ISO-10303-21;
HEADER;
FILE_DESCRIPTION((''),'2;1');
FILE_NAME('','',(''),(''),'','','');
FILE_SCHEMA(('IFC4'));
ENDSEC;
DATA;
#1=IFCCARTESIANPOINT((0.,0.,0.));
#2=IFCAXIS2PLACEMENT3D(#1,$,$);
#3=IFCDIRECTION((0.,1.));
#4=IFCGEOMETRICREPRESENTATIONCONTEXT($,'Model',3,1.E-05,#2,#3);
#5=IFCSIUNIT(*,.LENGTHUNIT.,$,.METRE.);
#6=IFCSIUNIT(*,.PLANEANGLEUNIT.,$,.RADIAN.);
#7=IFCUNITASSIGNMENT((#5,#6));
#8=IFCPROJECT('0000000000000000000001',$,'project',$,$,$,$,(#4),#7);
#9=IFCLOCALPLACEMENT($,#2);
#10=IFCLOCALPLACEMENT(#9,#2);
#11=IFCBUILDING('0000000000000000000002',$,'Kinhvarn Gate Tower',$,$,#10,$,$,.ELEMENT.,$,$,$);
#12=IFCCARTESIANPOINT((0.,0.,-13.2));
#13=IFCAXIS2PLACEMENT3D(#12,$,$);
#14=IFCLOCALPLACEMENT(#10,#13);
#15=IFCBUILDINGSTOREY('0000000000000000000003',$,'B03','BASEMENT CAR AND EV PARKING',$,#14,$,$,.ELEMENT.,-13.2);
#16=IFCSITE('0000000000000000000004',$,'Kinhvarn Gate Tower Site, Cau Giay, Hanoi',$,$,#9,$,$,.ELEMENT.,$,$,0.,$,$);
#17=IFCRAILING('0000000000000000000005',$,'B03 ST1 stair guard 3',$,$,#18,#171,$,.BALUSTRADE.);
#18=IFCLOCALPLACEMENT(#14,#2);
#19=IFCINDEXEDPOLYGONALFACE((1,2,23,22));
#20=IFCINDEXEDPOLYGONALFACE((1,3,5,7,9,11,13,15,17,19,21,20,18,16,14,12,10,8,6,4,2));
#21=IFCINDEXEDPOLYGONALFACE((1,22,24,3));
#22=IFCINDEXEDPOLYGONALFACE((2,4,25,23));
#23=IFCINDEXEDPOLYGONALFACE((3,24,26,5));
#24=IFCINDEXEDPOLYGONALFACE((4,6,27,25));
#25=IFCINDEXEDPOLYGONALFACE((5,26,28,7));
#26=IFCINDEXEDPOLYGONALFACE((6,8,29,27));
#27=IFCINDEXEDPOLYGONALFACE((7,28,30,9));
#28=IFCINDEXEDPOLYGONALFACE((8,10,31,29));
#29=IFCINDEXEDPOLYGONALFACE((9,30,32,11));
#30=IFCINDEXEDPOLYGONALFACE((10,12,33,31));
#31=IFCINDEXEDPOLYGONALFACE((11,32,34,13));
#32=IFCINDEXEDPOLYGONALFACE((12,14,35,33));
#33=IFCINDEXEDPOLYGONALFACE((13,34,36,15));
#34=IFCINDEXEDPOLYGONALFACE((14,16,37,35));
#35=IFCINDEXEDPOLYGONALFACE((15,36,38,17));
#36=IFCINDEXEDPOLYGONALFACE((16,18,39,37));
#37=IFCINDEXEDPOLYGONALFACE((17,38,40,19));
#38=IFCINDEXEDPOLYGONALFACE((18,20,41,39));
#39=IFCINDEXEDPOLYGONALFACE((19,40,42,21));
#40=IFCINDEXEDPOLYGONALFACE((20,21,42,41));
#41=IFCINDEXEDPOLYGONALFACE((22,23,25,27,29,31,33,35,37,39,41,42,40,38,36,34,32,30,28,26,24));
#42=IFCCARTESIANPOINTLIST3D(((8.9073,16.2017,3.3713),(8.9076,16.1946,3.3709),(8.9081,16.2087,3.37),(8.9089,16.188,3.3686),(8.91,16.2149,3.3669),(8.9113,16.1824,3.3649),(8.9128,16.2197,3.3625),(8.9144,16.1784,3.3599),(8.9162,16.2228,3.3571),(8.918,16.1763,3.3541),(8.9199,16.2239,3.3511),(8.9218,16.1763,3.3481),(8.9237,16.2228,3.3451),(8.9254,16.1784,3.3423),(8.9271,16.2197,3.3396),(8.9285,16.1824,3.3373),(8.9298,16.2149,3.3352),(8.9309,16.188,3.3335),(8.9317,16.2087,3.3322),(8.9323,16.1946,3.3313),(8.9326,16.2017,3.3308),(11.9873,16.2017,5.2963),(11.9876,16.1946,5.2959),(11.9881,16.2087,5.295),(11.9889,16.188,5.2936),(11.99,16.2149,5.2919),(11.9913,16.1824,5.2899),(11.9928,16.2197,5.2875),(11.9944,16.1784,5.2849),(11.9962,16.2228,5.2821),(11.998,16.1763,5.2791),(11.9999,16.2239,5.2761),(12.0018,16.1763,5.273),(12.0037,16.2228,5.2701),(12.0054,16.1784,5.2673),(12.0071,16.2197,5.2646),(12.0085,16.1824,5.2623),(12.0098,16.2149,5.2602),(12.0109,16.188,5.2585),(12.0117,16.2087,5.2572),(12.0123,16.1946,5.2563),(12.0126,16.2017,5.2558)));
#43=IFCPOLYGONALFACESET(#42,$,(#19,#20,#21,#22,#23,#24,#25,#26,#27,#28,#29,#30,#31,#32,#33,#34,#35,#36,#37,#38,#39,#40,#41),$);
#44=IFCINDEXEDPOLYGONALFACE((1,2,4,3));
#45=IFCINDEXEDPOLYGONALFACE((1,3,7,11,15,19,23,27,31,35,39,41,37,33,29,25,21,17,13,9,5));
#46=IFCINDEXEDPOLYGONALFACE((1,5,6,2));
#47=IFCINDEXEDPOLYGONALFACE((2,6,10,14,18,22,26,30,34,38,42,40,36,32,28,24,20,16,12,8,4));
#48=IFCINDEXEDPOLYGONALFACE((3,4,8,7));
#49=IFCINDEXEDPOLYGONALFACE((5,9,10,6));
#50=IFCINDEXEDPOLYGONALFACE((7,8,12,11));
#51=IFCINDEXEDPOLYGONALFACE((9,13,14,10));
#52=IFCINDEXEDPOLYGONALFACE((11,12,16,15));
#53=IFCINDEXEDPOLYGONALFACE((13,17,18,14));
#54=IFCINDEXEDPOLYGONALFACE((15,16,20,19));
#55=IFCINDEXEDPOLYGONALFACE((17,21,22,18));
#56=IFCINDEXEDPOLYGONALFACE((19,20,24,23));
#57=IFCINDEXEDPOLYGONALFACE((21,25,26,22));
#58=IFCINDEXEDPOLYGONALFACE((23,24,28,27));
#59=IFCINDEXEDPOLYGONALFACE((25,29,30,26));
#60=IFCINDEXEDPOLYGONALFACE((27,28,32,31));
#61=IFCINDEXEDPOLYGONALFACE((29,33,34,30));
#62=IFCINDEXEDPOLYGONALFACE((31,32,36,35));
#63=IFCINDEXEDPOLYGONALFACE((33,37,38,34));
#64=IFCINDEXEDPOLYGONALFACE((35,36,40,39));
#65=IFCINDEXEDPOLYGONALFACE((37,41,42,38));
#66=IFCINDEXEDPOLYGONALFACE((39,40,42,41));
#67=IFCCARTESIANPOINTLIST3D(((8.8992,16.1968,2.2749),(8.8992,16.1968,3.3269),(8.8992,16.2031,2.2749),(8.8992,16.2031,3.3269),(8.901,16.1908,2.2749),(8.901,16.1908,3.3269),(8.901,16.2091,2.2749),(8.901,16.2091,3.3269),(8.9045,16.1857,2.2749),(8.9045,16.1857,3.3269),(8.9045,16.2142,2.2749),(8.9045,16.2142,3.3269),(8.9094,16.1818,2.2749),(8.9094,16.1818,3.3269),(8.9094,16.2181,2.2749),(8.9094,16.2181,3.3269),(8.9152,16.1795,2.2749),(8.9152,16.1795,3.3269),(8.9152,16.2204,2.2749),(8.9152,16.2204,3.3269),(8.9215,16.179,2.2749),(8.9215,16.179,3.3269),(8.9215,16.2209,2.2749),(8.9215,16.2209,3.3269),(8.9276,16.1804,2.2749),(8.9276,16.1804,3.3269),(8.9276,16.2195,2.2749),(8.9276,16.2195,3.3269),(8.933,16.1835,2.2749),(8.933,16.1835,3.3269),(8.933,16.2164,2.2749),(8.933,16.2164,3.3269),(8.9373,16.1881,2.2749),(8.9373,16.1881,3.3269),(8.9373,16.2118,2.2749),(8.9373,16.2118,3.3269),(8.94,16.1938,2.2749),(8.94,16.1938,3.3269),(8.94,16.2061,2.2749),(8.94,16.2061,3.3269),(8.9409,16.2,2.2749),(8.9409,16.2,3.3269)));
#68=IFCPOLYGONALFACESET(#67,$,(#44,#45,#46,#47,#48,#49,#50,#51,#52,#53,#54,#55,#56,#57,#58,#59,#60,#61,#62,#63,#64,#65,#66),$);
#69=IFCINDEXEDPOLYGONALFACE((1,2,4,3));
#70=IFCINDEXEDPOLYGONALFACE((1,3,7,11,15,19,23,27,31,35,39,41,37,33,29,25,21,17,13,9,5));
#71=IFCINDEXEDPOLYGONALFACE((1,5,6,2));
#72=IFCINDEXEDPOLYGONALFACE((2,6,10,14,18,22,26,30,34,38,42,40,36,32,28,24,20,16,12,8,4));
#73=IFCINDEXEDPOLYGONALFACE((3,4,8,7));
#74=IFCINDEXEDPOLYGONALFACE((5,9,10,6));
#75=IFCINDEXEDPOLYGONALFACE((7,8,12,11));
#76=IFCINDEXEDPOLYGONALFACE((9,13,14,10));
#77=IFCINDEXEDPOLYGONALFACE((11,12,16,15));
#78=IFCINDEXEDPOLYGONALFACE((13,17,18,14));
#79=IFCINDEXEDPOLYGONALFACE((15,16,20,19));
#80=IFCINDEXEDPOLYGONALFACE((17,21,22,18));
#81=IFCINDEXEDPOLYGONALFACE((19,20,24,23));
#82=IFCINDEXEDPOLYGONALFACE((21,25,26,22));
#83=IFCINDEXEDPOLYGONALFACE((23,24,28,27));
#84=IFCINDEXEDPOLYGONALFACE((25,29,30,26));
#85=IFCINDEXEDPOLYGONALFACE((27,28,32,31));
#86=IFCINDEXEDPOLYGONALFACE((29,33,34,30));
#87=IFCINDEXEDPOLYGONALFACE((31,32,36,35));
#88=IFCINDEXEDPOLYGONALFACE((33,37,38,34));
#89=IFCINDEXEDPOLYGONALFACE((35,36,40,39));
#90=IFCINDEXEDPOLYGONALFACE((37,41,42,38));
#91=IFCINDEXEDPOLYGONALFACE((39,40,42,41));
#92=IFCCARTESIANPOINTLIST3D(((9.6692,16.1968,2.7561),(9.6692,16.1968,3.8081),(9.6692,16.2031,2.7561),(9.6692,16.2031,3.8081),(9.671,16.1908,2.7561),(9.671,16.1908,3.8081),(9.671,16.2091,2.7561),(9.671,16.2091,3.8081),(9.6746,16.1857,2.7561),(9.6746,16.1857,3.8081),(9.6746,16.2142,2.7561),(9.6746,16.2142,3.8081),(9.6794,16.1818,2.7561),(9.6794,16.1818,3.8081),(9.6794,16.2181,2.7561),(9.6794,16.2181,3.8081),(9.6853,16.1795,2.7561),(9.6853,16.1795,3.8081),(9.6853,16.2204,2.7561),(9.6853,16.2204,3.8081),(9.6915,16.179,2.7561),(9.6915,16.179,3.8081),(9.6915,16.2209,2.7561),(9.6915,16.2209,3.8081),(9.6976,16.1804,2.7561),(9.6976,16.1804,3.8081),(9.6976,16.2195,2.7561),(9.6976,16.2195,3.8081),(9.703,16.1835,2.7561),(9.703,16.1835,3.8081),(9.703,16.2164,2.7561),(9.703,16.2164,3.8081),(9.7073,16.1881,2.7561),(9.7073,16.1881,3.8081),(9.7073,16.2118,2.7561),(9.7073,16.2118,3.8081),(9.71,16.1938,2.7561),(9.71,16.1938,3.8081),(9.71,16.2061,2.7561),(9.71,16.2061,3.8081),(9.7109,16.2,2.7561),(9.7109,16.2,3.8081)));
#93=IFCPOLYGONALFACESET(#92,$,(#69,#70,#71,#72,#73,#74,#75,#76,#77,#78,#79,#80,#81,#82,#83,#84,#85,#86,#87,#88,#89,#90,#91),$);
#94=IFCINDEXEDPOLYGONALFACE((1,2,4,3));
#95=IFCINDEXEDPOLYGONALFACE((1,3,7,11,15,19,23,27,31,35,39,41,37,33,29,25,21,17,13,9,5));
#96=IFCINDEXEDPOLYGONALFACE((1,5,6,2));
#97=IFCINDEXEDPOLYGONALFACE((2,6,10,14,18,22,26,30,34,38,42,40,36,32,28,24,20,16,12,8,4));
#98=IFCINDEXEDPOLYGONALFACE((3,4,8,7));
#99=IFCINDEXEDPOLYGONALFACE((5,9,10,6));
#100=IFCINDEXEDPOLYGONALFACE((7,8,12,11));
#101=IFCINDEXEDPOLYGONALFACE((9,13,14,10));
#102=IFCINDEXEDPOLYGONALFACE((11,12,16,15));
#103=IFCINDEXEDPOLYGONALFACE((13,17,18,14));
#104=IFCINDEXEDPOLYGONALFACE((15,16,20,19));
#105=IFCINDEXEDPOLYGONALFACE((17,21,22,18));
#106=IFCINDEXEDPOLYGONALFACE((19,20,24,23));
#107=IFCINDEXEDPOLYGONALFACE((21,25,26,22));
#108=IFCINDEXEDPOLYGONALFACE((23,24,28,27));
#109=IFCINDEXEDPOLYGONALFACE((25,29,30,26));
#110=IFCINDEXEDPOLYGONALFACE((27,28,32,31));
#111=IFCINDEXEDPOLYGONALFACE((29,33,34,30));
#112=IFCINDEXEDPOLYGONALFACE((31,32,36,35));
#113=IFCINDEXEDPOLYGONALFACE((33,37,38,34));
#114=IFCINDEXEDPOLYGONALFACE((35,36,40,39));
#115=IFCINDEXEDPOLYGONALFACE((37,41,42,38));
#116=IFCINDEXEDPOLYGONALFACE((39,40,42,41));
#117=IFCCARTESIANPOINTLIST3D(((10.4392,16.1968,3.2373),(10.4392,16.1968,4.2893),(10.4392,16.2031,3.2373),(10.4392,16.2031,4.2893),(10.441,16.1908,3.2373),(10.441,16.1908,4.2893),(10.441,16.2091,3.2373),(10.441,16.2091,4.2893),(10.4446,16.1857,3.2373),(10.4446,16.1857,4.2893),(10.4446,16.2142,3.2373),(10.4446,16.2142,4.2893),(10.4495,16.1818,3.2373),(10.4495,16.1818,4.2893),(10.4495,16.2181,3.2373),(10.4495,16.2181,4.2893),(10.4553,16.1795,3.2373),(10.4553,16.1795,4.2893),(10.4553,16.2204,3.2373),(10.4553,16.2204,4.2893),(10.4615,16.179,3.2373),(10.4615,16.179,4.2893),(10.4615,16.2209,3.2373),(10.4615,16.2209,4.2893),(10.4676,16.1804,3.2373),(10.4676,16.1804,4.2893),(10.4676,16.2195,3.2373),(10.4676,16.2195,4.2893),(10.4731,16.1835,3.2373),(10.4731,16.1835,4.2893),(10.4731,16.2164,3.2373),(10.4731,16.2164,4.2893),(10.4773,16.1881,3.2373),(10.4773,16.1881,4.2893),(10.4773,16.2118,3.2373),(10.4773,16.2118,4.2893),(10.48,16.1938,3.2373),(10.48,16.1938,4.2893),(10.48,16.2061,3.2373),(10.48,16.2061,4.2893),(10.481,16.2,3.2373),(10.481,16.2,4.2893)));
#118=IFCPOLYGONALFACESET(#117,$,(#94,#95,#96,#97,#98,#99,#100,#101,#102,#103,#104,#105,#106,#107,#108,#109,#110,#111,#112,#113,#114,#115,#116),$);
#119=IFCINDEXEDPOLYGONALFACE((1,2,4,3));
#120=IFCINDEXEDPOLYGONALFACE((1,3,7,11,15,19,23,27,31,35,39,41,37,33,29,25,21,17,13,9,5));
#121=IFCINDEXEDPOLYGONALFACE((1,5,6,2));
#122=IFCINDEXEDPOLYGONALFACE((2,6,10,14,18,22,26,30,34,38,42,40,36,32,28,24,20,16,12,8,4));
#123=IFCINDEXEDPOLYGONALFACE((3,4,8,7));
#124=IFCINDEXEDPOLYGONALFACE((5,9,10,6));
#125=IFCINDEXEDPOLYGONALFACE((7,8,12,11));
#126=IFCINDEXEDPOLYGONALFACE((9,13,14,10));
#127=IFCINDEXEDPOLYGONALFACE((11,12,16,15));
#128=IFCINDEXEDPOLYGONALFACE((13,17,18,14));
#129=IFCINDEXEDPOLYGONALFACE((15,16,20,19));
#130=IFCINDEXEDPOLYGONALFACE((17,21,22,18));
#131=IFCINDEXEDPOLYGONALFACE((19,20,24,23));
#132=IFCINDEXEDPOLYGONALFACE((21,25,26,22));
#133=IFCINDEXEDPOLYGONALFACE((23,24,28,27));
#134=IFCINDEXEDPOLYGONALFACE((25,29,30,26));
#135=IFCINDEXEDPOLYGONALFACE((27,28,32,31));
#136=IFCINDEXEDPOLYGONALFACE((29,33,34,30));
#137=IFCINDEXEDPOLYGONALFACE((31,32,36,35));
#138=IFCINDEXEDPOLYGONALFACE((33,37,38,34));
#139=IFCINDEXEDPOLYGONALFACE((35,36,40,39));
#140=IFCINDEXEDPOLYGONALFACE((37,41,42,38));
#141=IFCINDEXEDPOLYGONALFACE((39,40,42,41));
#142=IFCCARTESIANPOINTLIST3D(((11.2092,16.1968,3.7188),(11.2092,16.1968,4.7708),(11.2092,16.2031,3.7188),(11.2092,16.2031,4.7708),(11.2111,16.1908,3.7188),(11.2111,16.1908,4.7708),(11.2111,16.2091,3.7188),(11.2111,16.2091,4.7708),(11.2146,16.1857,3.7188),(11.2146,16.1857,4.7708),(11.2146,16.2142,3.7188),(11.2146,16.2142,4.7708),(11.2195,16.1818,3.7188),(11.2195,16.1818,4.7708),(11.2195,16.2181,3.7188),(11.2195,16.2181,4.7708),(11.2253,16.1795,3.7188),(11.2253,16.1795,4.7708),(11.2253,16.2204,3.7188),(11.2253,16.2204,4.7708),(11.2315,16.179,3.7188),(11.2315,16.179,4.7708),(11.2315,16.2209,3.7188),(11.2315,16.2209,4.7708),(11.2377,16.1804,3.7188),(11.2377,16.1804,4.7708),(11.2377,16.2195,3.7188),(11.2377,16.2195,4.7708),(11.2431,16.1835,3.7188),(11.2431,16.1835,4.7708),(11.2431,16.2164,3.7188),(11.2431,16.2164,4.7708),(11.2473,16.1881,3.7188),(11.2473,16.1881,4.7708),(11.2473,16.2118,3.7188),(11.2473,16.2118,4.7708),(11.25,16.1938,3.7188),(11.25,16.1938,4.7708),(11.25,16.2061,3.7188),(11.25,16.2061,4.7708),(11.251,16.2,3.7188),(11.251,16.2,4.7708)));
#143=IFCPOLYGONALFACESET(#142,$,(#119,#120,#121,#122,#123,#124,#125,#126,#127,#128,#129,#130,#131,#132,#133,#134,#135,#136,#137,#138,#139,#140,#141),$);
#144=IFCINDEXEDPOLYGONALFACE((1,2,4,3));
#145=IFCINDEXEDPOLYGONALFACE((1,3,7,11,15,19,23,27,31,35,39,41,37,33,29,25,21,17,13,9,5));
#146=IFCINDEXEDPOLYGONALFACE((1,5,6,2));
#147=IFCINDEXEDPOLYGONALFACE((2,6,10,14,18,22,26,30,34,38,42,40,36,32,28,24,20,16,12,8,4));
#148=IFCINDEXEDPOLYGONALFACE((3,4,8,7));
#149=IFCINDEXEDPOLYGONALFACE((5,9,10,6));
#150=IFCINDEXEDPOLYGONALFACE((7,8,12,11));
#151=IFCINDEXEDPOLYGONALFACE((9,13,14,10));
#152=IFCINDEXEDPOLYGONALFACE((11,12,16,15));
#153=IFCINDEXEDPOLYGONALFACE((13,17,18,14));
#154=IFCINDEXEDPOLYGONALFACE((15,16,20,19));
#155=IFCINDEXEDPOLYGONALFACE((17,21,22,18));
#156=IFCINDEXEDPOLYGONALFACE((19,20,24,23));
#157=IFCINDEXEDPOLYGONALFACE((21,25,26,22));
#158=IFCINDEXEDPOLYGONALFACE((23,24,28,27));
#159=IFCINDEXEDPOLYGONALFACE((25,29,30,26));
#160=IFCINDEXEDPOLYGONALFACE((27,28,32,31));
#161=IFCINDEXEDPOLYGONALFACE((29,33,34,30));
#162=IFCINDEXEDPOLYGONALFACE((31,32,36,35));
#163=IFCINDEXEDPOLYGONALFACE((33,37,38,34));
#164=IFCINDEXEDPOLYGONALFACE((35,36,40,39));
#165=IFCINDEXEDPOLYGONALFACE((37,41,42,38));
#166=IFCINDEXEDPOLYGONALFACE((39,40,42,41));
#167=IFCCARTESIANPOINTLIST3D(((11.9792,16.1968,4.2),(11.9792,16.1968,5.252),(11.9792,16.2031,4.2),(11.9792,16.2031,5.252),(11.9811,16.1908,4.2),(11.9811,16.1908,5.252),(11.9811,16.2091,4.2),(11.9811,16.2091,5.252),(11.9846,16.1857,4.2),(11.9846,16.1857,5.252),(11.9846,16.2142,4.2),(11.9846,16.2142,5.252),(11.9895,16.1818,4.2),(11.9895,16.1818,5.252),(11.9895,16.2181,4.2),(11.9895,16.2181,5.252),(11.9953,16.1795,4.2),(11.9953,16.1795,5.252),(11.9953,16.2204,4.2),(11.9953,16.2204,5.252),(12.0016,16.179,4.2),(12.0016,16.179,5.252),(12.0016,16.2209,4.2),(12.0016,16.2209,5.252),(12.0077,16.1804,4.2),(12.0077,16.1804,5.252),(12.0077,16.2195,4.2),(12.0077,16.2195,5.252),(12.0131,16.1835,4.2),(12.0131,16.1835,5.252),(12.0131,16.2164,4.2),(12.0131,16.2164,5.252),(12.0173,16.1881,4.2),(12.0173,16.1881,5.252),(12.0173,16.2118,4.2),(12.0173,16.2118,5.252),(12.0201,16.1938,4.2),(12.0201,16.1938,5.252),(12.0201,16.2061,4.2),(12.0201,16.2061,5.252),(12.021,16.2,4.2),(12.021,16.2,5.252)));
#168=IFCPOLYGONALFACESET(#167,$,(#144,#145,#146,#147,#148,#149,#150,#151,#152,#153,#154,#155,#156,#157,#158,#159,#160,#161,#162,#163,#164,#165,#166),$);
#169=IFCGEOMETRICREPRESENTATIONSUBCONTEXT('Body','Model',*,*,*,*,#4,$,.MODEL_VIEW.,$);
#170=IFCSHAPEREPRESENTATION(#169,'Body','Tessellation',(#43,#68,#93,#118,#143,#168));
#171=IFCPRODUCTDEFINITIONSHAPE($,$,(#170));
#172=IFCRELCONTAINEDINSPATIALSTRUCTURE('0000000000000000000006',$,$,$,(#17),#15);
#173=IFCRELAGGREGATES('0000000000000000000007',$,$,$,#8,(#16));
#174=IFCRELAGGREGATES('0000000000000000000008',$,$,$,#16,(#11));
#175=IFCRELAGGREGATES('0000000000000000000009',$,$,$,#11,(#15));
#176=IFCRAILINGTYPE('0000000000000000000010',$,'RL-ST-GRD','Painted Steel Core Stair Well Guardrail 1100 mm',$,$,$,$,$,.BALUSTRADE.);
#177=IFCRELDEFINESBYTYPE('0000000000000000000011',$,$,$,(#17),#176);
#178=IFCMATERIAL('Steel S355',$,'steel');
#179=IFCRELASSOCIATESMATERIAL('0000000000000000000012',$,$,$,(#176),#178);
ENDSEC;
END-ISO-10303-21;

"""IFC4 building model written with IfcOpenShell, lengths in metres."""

from ifc_helpers import new_model, si_unit, direction, frame, origin, origin_2d, place, context, subcontext, project, spatial, circle, extrude, material, type_object, element, save


model = new_model("IFC4")

# Units and contexts
model_context = context("Model", 3, precision=1e-05, world=origin(), true_north=direction((0.0, 1.0)))
body_context = subcontext(model_context, "Body", "Model", "MODEL_VIEW")
ifc_project = project(units=[si_unit("LENGTHUNIT", "METRE"), si_unit("PLANEANGLEUNIT", "RADIAN")], contexts=[model_context])

# Site, building, storey
site_placement = place(None, origin())
site = spatial("IfcSite", under=ifc_project, at=site_placement, Name="Kinhvarn Gate Tower Site, Cau Giay, Hanoi", CompositionType="ELEMENT", RefElevation=0.0)
building_placement = place(site_placement, origin())
building = spatial("IfcBuilding", under=site, at=building_placement, Name="Kinhvarn Gate Tower", CompositionType="ELEMENT")
storey_placement = place(building_placement, frame((0.0, 0.0, -13.2)))
storey = spatial("IfcBuildingStorey", under=building, at=storey_placement, Name="B03", Description="BASEMENT CAR AND EV PARKING", CompositionType="ELEMENT", Elevation=-13.2)

# Shared definitions
ifc_material_1 = material(Name="Steel S355", Category="steel")

# Railing
railing_type_1 = type_object("IfcRailingType", Name="RL-ST-GRD", Description="Painted Steel Core Stair Well Guardrail 1100 mm", PredefinedType="BALUSTRADE", material=ifc_material_1)
railing_1_placement = place(storey_placement, frame((8.9199, 16.2, 2.2749)))
element("IfcRailing", 1, at=railing_1_placement, inside=storey, type_object=railing_type_1, Name="B03 ST1 stair guard 3", PredefinedType="BALUSTRADE", context=body_context, shape_type="SweptSolid", body=[
    extrude(circle(Radius=0.0239, at=origin_2d()), frame((0.0, 0.0, 1.0762), z_axis=(0.847998, 0.0, 0.529999), x_axis=(0.0, 1.0, 0.0)), (0.0, 0.0, 1.0), 3.6321),
    extrude(circle(Radius=0.021, at=origin_2d()), origin(), (0.0, 0.0, 1.0), 1.052),
    extrude(circle(Radius=0.021, at=origin_2d()), frame((0.77, 0.0, 0.4812)), (0.0, 0.0, 1.0), 1.052),
    extrude(circle(Radius=0.021, at=origin_2d()), frame((1.54, 0.0, 0.9624)), (0.0, 0.0, 1.0), 1.052),
    extrude(circle(Radius=0.021, at=origin_2d()), frame((2.3101, 0.0, 1.4438)), (0.0, 0.0, 1.0), 1.052),
    extrude(circle(Radius=0.021, at=origin_2d()), frame((3.0801, 0.0, 1.925)), (0.0, 0.0, 1.0), 1.052),
])

save(model, "model.ifc")
